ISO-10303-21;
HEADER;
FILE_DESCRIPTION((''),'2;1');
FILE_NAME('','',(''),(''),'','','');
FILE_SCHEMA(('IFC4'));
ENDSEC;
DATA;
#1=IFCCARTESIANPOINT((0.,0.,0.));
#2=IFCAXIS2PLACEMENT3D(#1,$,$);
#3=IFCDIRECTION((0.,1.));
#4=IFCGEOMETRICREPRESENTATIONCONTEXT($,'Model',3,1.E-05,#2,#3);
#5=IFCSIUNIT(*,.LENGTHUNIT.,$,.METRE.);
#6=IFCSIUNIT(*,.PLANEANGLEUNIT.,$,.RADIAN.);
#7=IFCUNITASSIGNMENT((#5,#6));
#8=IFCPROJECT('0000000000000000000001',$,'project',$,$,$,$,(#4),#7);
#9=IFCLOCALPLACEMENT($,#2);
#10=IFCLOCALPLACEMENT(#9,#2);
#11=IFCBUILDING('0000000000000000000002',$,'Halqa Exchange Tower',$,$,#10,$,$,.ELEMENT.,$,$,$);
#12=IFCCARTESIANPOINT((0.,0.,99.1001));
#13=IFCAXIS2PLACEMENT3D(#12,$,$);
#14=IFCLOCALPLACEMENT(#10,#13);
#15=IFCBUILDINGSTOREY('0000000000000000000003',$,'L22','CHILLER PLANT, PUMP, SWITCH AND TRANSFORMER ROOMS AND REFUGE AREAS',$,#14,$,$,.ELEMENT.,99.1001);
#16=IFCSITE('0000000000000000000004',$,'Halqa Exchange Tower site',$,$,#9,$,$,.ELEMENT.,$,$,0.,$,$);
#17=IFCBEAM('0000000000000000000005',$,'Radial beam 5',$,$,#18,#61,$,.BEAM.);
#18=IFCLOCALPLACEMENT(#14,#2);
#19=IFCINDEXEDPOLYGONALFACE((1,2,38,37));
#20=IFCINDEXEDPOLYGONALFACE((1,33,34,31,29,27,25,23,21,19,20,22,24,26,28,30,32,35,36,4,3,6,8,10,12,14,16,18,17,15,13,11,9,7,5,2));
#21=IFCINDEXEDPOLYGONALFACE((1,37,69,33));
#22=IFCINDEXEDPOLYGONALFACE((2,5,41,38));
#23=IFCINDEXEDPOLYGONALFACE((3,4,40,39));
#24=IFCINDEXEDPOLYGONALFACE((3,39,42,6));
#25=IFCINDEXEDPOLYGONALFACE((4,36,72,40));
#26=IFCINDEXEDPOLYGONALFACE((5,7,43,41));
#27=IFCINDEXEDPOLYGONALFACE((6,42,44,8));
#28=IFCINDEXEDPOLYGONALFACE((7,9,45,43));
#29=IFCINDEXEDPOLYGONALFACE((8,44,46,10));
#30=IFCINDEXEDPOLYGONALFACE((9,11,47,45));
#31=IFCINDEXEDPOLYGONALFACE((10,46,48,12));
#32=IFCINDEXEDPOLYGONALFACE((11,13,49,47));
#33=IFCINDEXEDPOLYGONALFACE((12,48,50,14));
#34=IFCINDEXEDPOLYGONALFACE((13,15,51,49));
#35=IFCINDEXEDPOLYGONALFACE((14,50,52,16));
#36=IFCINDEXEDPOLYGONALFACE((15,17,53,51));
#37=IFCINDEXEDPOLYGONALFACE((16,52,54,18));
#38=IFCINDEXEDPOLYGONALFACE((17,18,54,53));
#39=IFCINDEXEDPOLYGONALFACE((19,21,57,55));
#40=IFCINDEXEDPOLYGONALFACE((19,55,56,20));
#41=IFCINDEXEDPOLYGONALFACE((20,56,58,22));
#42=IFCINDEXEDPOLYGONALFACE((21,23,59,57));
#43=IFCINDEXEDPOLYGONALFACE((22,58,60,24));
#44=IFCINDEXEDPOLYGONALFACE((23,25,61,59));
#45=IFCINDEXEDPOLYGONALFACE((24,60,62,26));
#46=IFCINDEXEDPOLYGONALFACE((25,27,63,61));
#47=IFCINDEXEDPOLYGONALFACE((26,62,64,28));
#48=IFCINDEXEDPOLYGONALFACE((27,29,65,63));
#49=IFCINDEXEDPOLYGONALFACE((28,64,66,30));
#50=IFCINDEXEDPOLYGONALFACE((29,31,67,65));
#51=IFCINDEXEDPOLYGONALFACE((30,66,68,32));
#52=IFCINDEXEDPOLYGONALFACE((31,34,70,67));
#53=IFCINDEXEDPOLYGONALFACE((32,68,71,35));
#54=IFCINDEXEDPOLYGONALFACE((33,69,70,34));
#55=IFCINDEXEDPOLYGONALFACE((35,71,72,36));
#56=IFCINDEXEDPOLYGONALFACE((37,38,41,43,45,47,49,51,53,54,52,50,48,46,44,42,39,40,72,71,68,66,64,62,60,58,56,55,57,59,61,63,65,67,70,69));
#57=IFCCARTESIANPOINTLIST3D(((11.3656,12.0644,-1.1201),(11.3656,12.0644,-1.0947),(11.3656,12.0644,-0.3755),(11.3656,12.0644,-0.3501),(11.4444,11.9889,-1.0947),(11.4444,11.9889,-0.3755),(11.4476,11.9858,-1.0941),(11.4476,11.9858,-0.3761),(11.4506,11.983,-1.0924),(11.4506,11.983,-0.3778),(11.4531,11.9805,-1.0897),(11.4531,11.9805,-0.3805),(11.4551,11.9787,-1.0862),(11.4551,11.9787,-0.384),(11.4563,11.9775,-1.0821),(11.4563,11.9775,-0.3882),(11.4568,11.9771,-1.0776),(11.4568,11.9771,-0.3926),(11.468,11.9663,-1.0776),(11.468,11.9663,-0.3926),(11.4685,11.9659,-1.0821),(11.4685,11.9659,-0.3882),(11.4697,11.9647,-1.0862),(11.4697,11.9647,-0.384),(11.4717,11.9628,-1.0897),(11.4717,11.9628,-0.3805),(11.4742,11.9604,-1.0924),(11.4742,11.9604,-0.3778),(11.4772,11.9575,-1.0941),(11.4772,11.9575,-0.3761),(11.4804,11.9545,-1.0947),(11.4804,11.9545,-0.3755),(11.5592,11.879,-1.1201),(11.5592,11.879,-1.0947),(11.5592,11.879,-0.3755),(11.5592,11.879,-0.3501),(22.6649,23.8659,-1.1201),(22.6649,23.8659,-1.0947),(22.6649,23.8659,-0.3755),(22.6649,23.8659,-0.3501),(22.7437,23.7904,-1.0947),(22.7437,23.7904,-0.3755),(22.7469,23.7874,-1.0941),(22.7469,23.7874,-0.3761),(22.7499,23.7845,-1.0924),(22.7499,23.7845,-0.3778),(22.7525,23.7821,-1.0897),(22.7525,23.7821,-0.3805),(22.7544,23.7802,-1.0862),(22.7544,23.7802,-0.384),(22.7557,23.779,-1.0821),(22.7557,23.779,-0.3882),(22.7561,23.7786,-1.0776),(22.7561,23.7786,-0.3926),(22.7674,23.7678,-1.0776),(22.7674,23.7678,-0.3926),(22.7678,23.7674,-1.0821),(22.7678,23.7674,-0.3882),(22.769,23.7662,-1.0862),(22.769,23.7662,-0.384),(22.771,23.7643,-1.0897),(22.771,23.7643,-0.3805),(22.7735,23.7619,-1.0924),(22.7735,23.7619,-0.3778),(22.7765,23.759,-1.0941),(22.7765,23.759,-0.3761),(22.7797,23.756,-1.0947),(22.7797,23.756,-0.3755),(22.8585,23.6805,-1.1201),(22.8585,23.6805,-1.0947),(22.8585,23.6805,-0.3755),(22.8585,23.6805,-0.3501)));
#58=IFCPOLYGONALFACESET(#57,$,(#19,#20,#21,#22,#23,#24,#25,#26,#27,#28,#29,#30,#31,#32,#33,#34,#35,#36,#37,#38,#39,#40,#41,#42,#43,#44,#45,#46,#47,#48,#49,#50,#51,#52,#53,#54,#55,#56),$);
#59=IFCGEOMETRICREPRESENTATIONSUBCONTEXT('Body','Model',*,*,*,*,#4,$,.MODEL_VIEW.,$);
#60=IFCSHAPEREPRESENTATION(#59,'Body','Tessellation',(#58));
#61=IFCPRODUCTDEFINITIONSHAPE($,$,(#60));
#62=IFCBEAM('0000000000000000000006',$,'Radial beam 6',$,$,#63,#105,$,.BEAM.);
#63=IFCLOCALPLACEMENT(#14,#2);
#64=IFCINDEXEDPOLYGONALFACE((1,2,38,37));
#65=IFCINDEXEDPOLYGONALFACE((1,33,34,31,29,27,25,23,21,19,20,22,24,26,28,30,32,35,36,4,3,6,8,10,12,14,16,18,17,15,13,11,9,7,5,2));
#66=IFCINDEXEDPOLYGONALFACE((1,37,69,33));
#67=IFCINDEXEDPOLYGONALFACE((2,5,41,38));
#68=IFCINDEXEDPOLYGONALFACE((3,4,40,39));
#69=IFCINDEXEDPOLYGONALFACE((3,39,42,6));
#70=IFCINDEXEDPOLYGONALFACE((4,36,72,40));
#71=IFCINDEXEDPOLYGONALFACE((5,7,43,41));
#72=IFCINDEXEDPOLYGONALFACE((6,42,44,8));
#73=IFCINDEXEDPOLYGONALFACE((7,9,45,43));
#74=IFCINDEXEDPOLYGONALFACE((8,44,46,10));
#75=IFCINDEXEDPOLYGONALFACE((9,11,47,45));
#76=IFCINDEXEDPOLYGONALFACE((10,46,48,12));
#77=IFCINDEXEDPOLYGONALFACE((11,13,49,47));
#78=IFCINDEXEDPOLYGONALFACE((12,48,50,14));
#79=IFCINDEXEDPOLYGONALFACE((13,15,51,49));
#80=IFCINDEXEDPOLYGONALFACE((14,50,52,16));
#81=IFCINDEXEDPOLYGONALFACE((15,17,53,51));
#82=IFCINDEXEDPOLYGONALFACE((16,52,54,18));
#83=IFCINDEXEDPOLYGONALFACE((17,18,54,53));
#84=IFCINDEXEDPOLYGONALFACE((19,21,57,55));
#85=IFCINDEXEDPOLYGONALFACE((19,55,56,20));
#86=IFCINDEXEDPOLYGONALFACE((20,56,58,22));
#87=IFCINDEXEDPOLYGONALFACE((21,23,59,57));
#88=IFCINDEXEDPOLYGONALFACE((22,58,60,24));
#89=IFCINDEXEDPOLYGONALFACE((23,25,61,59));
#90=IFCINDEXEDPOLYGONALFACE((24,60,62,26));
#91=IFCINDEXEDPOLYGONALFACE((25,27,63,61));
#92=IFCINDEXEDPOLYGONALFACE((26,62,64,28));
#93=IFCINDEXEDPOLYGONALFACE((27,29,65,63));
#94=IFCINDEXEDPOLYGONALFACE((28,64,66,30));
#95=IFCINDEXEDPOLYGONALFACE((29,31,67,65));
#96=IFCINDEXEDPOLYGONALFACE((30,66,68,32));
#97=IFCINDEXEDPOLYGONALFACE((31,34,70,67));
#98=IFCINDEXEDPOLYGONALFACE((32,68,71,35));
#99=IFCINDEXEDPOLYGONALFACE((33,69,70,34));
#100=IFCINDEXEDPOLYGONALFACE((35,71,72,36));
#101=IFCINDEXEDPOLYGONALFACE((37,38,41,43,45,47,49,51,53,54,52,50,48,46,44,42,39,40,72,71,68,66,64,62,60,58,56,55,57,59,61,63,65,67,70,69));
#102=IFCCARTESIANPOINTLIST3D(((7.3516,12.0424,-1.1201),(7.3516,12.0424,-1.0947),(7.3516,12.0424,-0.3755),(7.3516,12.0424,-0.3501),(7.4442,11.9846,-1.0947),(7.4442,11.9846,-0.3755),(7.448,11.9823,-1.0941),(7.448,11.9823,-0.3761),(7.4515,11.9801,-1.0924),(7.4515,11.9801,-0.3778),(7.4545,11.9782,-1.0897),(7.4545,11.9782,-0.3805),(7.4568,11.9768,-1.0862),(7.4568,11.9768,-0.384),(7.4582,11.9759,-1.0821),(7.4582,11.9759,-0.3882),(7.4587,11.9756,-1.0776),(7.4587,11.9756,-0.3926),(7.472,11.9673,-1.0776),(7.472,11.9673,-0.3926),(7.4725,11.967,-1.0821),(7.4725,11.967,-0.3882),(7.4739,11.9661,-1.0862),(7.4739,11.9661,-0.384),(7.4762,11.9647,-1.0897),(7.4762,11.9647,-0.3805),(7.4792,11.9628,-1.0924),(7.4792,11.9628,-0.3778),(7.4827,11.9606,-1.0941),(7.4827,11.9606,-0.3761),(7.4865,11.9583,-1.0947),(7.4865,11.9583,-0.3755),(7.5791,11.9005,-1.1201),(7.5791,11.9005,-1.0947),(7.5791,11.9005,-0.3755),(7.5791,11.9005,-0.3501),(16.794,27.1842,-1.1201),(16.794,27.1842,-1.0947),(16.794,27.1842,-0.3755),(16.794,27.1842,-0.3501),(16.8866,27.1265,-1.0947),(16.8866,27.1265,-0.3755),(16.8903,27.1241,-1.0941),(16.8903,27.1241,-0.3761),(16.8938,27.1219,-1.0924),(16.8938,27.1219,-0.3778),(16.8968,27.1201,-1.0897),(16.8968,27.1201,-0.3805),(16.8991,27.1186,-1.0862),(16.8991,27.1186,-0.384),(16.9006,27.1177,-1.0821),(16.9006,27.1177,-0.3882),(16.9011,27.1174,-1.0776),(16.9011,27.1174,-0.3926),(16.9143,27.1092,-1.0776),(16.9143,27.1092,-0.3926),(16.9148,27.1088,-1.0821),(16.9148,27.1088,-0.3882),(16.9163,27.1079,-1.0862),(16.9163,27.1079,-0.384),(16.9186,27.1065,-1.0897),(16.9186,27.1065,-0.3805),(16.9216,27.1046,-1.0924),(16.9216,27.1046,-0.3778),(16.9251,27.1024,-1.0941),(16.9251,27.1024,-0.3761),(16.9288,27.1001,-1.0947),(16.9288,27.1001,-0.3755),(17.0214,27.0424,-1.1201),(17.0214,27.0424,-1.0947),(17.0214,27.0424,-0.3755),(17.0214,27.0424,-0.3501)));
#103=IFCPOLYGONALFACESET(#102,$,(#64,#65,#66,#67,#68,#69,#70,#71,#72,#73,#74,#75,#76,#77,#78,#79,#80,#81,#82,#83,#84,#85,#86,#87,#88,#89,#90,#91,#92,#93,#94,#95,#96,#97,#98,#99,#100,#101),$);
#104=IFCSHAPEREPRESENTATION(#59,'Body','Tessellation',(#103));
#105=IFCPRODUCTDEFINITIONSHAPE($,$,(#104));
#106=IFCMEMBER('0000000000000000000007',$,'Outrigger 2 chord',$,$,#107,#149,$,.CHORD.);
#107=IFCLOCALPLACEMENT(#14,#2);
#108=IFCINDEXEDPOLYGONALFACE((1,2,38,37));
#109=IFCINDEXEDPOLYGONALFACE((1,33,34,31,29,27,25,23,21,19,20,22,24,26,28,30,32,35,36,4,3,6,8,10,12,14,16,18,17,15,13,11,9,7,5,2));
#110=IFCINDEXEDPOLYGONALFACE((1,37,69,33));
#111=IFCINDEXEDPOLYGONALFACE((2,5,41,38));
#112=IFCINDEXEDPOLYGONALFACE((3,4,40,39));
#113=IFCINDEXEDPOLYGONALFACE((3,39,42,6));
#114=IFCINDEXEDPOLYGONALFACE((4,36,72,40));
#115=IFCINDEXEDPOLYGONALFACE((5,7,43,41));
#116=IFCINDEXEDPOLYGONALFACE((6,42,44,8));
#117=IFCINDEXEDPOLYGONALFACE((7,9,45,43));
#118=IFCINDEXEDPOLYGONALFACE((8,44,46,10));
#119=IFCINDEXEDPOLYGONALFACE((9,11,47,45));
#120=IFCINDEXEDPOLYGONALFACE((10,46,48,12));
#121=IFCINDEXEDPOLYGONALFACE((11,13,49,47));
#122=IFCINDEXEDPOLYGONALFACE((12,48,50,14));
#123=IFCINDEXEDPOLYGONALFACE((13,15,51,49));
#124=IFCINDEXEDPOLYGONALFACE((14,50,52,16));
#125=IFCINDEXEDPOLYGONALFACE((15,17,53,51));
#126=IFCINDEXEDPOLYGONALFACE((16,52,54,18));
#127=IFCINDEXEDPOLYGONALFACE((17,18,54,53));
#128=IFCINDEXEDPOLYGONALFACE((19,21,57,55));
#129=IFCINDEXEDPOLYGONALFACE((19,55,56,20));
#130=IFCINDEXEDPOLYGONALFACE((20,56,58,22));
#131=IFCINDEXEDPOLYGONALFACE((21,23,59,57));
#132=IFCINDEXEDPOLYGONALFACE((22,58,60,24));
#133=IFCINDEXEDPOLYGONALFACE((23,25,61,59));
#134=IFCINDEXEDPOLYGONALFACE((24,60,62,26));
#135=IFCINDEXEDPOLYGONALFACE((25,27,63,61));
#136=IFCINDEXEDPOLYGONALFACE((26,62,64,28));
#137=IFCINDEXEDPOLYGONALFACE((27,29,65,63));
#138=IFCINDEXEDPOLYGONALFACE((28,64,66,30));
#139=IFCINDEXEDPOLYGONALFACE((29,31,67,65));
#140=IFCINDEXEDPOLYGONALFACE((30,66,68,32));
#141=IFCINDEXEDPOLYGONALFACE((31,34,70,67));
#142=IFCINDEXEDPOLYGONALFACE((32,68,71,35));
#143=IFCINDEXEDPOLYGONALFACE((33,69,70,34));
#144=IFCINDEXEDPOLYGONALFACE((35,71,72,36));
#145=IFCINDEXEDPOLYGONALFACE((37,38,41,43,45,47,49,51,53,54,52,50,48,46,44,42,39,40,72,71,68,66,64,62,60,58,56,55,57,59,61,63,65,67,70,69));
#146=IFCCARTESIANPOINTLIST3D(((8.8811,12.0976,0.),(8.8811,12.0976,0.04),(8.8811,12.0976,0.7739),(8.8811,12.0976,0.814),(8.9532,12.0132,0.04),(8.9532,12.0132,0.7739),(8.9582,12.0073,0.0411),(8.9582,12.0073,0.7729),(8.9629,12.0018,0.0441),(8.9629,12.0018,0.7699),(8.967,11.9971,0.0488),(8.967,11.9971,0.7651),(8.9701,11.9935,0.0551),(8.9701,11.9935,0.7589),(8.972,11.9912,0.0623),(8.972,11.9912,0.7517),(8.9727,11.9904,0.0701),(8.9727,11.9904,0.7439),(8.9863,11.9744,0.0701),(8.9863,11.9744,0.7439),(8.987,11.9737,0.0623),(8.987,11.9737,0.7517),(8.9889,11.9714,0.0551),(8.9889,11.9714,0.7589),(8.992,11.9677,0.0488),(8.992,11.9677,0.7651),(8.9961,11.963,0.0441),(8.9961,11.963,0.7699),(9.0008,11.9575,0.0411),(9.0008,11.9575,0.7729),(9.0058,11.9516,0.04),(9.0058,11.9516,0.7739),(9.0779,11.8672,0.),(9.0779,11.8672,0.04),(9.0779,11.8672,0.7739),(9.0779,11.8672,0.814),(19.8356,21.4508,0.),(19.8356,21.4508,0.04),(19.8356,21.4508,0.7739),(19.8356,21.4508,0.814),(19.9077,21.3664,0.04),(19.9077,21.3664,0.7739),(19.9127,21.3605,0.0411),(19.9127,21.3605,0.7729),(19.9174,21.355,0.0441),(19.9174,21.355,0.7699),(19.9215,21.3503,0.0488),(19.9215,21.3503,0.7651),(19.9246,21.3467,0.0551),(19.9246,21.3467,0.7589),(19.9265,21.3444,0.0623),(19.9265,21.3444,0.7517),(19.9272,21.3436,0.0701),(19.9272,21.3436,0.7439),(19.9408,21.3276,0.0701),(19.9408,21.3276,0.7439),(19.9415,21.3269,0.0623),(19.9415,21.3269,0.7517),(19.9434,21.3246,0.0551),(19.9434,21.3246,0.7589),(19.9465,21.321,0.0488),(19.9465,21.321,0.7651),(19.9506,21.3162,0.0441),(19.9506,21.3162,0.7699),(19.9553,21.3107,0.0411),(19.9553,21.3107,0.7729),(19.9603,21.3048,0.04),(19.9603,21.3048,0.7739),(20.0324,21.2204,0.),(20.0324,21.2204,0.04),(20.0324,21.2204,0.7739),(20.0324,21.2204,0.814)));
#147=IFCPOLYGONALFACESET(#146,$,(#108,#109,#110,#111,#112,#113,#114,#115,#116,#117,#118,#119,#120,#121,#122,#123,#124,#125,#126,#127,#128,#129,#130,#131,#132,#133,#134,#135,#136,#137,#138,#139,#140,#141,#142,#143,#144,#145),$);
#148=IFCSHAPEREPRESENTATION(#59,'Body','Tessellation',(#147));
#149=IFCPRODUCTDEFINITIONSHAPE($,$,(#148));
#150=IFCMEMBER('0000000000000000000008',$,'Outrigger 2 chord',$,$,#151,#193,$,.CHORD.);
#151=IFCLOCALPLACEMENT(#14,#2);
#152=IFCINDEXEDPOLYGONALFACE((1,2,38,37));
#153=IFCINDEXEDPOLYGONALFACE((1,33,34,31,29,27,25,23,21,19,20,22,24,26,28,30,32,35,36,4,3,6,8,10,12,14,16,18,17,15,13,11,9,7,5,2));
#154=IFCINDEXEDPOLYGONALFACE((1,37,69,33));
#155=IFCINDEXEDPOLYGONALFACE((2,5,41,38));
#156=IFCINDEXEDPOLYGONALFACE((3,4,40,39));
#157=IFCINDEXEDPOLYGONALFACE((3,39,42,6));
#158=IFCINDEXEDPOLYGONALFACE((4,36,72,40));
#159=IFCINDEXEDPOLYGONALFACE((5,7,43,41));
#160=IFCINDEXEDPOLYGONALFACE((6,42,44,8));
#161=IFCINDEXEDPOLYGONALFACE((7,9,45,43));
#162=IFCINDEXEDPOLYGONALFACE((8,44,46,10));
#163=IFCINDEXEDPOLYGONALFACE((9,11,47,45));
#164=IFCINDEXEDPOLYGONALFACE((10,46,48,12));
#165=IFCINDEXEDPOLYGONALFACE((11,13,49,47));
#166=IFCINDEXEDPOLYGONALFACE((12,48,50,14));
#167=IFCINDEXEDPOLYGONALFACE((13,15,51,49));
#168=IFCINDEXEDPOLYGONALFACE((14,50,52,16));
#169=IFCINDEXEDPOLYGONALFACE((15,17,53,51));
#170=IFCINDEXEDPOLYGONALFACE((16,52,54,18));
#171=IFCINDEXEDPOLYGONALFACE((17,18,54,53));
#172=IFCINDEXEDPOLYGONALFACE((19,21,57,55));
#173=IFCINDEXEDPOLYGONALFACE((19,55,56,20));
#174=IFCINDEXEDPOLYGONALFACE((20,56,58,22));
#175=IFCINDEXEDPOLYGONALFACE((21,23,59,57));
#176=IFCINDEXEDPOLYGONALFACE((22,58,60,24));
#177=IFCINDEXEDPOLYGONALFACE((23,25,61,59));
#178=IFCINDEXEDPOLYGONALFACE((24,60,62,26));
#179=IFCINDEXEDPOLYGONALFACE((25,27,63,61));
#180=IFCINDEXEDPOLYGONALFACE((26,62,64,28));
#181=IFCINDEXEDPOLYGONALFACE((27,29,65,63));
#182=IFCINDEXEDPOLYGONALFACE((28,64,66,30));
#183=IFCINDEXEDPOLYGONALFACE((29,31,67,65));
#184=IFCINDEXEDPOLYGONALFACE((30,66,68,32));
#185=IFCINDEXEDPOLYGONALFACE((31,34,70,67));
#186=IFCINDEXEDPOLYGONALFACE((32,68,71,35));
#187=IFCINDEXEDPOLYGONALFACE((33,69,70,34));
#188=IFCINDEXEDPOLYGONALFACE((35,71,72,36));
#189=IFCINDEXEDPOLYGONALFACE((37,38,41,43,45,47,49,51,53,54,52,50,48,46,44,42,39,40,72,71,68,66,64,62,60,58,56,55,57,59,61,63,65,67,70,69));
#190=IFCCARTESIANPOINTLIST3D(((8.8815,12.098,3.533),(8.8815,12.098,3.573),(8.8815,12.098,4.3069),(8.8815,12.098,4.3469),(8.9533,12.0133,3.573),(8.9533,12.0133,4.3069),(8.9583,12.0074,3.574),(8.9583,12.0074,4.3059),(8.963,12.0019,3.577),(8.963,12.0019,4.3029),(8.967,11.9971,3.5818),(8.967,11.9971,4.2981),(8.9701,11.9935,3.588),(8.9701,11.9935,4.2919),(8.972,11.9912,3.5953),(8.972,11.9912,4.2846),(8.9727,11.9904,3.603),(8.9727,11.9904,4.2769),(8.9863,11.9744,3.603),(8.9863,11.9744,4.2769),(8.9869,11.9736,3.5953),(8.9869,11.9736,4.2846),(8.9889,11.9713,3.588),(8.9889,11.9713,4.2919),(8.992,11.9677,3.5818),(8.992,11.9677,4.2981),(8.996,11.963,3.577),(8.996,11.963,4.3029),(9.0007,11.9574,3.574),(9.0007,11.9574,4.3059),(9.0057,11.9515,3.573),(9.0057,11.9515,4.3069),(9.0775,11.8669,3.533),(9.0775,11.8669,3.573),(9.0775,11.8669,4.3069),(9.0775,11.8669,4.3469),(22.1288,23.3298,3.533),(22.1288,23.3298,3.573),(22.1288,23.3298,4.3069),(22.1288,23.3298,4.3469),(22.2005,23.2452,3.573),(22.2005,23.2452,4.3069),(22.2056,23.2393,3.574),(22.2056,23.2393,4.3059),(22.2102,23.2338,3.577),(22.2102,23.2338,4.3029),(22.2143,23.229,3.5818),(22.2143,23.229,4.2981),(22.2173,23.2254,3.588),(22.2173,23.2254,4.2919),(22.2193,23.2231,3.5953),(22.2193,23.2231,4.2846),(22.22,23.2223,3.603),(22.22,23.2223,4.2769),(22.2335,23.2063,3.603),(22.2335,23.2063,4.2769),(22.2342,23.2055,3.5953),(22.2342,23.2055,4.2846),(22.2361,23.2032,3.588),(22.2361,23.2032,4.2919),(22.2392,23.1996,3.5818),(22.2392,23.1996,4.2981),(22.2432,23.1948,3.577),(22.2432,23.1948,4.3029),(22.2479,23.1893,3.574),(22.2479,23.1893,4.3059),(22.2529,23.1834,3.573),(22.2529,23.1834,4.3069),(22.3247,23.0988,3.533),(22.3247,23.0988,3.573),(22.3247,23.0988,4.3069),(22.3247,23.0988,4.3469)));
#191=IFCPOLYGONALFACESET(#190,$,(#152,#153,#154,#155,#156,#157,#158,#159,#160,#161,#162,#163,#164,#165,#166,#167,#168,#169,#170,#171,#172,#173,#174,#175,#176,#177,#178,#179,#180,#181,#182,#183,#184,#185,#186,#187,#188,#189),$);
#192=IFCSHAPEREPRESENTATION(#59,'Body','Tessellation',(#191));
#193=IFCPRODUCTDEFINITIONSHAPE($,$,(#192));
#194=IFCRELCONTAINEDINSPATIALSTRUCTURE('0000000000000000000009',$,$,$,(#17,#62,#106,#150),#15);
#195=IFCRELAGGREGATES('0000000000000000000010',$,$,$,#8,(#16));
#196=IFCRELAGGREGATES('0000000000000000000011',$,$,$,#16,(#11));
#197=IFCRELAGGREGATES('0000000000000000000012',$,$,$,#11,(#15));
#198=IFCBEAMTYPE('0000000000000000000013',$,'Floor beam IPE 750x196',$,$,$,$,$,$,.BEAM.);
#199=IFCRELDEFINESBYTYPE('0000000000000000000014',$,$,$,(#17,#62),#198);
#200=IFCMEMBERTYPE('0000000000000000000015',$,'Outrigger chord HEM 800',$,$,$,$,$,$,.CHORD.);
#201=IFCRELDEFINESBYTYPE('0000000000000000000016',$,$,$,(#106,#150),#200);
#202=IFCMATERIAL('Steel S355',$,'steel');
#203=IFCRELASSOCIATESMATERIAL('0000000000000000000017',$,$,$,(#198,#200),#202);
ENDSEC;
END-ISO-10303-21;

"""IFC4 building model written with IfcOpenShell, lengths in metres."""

from ifc_helpers import new_model, si_unit, direction, frame, origin, origin_2d, place, context, subcontext, project, spatial, i_section, extrude, material, material_profile, profile_set, type_object, element, save


model = new_model("IFC4")

# Units and contexts
model_context = context("Model", 3, precision=1e-05, world=origin(), true_north=direction((0.0, 1.0)))
body_context = subcontext(model_context, "Body", "Model", "MODEL_VIEW")
ifc_project = project(units=[si_unit("LENGTHUNIT", "METRE"), si_unit("PLANEANGLEUNIT", "RADIAN")], contexts=[model_context])

# Site, building, storey
site_placement = place(None, origin())
site = spatial("IfcSite", under=ifc_project, at=site_placement, Name="Halqa Exchange Tower site", CompositionType="ELEMENT", RefElevation=0.0)
building_placement = place(site_placement, origin())
building = spatial("IfcBuilding", under=site, at=building_placement, Name="Halqa Exchange Tower", CompositionType="ELEMENT")
storey_placement = place(building_placement, frame((0.0, 0.0, 99.1001)))
storey = spatial("IfcBuildingStorey", under=building, at=storey_placement, Name="L22", Description="CHILLER PLANT, PUMP, SWITCH AND TRANSFORMER ROOMS AND REFUGE AREAS", CompositionType="ELEMENT", Elevation=99.1001)

# Beams
ifc_material_1 = material(Name="Steel S355", Category="steel")
ifc_material_profile_1 = material_profile(ifc_material_1, i_section(OverallWidth=0.2681, OverallDepth=0.77, WebThickness=0.0156, FlangeThickness=0.0254, FilletRadius=0.0171, at=origin_2d()), Name="IPE 750x196")
ifc_profile_set_1 = profile_set([ifc_material_profile_1], Name="Steel S355")
beam_type_1 = type_object("IfcBeamType", Name="Floor beam IPE 750x196", PredefinedType="BEAM", material=ifc_profile_set_1)
beam_1_placement = place(storey_placement, frame((11.4624, 11.9717, -0.7351), z_axis=(0.691571, 0.722308, 0.0), x_axis=(-0.722308, 0.691571, 0.0)))
element("IfcBeam", 1, at=beam_1_placement, inside=storey, type_object=beam_type_1, Name="Radial beam 5", PredefinedType="BEAM", context=body_context, shape_type="SweptSolid", body=[
    extrude(i_section(OverallWidth=0.2681, OverallDepth=0.77, WebThickness=0.0156, FlangeThickness=0.0254, FilletRadius=0.0171, at=origin_2d()), origin(), (0.0, 0.0, 1.0), 16.3386),
])
beam_2_placement = place(storey_placement, frame((7.4653, 11.9714, -0.7351), z_axis=(0.529142, 0.848534, 0.0), x_axis=(-0.848534, 0.529142, 0.0)))
element("IfcBeam", 2, at=beam_2_placement, inside=storey, type_object=beam_type_1, Name="Radial beam 6", PredefinedType="BEAM", context=body_context, shape_type="SweptSolid", body=[
    extrude(i_section(OverallWidth=0.2681, OverallDepth=0.77, WebThickness=0.0156, FlangeThickness=0.0254, FilletRadius=0.0171, at=origin_2d()), origin(), (0.0, 0.0, 1.0), 17.8447),
])

# Members
ifc_material_profile_2 = material_profile(ifc_material_1, i_section(OverallWidth=0.303, OverallDepth=0.814, WebThickness=0.021, FlangeThickness=0.04, FilletRadius=0.03, at=origin_2d()), Name="HEM 800")
ifc_profile_set_2 = profile_set([ifc_material_profile_2], Name="Steel S355")
member_type_1 = type_object("IfcMemberType", Name="Outrigger chord HEM 800", PredefinedType="CHORD", material=ifc_profile_set_2)
member_1_placement = place(storey_placement, frame((8.9795, 11.9824, 0.407), z_axis=(0.760503, 0.649334, 0.0), x_axis=(-0.649334, 0.760503, 0.0)))
element("IfcMember", 3, at=member_1_placement, inside=storey, type_object=member_type_1, Name="Outrigger 2 chord", PredefinedType="CHORD", context=body_context, shape_type="SweptSolid", body=[
    extrude(i_section(OverallWidth=0.303, OverallDepth=0.814, WebThickness=0.021, FlangeThickness=0.04, FilletRadius=0.03, at=origin_2d()), origin(), (0.0, 0.0, 1.0), 14.4043),
])
member_2_placement = place(storey_placement, frame((8.9795, 11.9824, 3.9399), z_axis=(0.762742, 0.646702, 0.0), x_axis=(-0.646702, 0.762742, 0.0)))
element("IfcMember", 4, at=member_2_placement, inside=storey, type_object=member_type_1, Name="Outrigger 2 chord", PredefinedType="CHORD", context=body_context, shape_type="SweptSolid", body=[
    extrude(i_section(OverallWidth=0.303, OverallDepth=0.814, WebThickness=0.021, FlangeThickness=0.04, FilletRadius=0.03, at=origin_2d()), origin(), (0.0, 0.0, 1.0), 17.3679),
])

save(model, "model.ifc")
